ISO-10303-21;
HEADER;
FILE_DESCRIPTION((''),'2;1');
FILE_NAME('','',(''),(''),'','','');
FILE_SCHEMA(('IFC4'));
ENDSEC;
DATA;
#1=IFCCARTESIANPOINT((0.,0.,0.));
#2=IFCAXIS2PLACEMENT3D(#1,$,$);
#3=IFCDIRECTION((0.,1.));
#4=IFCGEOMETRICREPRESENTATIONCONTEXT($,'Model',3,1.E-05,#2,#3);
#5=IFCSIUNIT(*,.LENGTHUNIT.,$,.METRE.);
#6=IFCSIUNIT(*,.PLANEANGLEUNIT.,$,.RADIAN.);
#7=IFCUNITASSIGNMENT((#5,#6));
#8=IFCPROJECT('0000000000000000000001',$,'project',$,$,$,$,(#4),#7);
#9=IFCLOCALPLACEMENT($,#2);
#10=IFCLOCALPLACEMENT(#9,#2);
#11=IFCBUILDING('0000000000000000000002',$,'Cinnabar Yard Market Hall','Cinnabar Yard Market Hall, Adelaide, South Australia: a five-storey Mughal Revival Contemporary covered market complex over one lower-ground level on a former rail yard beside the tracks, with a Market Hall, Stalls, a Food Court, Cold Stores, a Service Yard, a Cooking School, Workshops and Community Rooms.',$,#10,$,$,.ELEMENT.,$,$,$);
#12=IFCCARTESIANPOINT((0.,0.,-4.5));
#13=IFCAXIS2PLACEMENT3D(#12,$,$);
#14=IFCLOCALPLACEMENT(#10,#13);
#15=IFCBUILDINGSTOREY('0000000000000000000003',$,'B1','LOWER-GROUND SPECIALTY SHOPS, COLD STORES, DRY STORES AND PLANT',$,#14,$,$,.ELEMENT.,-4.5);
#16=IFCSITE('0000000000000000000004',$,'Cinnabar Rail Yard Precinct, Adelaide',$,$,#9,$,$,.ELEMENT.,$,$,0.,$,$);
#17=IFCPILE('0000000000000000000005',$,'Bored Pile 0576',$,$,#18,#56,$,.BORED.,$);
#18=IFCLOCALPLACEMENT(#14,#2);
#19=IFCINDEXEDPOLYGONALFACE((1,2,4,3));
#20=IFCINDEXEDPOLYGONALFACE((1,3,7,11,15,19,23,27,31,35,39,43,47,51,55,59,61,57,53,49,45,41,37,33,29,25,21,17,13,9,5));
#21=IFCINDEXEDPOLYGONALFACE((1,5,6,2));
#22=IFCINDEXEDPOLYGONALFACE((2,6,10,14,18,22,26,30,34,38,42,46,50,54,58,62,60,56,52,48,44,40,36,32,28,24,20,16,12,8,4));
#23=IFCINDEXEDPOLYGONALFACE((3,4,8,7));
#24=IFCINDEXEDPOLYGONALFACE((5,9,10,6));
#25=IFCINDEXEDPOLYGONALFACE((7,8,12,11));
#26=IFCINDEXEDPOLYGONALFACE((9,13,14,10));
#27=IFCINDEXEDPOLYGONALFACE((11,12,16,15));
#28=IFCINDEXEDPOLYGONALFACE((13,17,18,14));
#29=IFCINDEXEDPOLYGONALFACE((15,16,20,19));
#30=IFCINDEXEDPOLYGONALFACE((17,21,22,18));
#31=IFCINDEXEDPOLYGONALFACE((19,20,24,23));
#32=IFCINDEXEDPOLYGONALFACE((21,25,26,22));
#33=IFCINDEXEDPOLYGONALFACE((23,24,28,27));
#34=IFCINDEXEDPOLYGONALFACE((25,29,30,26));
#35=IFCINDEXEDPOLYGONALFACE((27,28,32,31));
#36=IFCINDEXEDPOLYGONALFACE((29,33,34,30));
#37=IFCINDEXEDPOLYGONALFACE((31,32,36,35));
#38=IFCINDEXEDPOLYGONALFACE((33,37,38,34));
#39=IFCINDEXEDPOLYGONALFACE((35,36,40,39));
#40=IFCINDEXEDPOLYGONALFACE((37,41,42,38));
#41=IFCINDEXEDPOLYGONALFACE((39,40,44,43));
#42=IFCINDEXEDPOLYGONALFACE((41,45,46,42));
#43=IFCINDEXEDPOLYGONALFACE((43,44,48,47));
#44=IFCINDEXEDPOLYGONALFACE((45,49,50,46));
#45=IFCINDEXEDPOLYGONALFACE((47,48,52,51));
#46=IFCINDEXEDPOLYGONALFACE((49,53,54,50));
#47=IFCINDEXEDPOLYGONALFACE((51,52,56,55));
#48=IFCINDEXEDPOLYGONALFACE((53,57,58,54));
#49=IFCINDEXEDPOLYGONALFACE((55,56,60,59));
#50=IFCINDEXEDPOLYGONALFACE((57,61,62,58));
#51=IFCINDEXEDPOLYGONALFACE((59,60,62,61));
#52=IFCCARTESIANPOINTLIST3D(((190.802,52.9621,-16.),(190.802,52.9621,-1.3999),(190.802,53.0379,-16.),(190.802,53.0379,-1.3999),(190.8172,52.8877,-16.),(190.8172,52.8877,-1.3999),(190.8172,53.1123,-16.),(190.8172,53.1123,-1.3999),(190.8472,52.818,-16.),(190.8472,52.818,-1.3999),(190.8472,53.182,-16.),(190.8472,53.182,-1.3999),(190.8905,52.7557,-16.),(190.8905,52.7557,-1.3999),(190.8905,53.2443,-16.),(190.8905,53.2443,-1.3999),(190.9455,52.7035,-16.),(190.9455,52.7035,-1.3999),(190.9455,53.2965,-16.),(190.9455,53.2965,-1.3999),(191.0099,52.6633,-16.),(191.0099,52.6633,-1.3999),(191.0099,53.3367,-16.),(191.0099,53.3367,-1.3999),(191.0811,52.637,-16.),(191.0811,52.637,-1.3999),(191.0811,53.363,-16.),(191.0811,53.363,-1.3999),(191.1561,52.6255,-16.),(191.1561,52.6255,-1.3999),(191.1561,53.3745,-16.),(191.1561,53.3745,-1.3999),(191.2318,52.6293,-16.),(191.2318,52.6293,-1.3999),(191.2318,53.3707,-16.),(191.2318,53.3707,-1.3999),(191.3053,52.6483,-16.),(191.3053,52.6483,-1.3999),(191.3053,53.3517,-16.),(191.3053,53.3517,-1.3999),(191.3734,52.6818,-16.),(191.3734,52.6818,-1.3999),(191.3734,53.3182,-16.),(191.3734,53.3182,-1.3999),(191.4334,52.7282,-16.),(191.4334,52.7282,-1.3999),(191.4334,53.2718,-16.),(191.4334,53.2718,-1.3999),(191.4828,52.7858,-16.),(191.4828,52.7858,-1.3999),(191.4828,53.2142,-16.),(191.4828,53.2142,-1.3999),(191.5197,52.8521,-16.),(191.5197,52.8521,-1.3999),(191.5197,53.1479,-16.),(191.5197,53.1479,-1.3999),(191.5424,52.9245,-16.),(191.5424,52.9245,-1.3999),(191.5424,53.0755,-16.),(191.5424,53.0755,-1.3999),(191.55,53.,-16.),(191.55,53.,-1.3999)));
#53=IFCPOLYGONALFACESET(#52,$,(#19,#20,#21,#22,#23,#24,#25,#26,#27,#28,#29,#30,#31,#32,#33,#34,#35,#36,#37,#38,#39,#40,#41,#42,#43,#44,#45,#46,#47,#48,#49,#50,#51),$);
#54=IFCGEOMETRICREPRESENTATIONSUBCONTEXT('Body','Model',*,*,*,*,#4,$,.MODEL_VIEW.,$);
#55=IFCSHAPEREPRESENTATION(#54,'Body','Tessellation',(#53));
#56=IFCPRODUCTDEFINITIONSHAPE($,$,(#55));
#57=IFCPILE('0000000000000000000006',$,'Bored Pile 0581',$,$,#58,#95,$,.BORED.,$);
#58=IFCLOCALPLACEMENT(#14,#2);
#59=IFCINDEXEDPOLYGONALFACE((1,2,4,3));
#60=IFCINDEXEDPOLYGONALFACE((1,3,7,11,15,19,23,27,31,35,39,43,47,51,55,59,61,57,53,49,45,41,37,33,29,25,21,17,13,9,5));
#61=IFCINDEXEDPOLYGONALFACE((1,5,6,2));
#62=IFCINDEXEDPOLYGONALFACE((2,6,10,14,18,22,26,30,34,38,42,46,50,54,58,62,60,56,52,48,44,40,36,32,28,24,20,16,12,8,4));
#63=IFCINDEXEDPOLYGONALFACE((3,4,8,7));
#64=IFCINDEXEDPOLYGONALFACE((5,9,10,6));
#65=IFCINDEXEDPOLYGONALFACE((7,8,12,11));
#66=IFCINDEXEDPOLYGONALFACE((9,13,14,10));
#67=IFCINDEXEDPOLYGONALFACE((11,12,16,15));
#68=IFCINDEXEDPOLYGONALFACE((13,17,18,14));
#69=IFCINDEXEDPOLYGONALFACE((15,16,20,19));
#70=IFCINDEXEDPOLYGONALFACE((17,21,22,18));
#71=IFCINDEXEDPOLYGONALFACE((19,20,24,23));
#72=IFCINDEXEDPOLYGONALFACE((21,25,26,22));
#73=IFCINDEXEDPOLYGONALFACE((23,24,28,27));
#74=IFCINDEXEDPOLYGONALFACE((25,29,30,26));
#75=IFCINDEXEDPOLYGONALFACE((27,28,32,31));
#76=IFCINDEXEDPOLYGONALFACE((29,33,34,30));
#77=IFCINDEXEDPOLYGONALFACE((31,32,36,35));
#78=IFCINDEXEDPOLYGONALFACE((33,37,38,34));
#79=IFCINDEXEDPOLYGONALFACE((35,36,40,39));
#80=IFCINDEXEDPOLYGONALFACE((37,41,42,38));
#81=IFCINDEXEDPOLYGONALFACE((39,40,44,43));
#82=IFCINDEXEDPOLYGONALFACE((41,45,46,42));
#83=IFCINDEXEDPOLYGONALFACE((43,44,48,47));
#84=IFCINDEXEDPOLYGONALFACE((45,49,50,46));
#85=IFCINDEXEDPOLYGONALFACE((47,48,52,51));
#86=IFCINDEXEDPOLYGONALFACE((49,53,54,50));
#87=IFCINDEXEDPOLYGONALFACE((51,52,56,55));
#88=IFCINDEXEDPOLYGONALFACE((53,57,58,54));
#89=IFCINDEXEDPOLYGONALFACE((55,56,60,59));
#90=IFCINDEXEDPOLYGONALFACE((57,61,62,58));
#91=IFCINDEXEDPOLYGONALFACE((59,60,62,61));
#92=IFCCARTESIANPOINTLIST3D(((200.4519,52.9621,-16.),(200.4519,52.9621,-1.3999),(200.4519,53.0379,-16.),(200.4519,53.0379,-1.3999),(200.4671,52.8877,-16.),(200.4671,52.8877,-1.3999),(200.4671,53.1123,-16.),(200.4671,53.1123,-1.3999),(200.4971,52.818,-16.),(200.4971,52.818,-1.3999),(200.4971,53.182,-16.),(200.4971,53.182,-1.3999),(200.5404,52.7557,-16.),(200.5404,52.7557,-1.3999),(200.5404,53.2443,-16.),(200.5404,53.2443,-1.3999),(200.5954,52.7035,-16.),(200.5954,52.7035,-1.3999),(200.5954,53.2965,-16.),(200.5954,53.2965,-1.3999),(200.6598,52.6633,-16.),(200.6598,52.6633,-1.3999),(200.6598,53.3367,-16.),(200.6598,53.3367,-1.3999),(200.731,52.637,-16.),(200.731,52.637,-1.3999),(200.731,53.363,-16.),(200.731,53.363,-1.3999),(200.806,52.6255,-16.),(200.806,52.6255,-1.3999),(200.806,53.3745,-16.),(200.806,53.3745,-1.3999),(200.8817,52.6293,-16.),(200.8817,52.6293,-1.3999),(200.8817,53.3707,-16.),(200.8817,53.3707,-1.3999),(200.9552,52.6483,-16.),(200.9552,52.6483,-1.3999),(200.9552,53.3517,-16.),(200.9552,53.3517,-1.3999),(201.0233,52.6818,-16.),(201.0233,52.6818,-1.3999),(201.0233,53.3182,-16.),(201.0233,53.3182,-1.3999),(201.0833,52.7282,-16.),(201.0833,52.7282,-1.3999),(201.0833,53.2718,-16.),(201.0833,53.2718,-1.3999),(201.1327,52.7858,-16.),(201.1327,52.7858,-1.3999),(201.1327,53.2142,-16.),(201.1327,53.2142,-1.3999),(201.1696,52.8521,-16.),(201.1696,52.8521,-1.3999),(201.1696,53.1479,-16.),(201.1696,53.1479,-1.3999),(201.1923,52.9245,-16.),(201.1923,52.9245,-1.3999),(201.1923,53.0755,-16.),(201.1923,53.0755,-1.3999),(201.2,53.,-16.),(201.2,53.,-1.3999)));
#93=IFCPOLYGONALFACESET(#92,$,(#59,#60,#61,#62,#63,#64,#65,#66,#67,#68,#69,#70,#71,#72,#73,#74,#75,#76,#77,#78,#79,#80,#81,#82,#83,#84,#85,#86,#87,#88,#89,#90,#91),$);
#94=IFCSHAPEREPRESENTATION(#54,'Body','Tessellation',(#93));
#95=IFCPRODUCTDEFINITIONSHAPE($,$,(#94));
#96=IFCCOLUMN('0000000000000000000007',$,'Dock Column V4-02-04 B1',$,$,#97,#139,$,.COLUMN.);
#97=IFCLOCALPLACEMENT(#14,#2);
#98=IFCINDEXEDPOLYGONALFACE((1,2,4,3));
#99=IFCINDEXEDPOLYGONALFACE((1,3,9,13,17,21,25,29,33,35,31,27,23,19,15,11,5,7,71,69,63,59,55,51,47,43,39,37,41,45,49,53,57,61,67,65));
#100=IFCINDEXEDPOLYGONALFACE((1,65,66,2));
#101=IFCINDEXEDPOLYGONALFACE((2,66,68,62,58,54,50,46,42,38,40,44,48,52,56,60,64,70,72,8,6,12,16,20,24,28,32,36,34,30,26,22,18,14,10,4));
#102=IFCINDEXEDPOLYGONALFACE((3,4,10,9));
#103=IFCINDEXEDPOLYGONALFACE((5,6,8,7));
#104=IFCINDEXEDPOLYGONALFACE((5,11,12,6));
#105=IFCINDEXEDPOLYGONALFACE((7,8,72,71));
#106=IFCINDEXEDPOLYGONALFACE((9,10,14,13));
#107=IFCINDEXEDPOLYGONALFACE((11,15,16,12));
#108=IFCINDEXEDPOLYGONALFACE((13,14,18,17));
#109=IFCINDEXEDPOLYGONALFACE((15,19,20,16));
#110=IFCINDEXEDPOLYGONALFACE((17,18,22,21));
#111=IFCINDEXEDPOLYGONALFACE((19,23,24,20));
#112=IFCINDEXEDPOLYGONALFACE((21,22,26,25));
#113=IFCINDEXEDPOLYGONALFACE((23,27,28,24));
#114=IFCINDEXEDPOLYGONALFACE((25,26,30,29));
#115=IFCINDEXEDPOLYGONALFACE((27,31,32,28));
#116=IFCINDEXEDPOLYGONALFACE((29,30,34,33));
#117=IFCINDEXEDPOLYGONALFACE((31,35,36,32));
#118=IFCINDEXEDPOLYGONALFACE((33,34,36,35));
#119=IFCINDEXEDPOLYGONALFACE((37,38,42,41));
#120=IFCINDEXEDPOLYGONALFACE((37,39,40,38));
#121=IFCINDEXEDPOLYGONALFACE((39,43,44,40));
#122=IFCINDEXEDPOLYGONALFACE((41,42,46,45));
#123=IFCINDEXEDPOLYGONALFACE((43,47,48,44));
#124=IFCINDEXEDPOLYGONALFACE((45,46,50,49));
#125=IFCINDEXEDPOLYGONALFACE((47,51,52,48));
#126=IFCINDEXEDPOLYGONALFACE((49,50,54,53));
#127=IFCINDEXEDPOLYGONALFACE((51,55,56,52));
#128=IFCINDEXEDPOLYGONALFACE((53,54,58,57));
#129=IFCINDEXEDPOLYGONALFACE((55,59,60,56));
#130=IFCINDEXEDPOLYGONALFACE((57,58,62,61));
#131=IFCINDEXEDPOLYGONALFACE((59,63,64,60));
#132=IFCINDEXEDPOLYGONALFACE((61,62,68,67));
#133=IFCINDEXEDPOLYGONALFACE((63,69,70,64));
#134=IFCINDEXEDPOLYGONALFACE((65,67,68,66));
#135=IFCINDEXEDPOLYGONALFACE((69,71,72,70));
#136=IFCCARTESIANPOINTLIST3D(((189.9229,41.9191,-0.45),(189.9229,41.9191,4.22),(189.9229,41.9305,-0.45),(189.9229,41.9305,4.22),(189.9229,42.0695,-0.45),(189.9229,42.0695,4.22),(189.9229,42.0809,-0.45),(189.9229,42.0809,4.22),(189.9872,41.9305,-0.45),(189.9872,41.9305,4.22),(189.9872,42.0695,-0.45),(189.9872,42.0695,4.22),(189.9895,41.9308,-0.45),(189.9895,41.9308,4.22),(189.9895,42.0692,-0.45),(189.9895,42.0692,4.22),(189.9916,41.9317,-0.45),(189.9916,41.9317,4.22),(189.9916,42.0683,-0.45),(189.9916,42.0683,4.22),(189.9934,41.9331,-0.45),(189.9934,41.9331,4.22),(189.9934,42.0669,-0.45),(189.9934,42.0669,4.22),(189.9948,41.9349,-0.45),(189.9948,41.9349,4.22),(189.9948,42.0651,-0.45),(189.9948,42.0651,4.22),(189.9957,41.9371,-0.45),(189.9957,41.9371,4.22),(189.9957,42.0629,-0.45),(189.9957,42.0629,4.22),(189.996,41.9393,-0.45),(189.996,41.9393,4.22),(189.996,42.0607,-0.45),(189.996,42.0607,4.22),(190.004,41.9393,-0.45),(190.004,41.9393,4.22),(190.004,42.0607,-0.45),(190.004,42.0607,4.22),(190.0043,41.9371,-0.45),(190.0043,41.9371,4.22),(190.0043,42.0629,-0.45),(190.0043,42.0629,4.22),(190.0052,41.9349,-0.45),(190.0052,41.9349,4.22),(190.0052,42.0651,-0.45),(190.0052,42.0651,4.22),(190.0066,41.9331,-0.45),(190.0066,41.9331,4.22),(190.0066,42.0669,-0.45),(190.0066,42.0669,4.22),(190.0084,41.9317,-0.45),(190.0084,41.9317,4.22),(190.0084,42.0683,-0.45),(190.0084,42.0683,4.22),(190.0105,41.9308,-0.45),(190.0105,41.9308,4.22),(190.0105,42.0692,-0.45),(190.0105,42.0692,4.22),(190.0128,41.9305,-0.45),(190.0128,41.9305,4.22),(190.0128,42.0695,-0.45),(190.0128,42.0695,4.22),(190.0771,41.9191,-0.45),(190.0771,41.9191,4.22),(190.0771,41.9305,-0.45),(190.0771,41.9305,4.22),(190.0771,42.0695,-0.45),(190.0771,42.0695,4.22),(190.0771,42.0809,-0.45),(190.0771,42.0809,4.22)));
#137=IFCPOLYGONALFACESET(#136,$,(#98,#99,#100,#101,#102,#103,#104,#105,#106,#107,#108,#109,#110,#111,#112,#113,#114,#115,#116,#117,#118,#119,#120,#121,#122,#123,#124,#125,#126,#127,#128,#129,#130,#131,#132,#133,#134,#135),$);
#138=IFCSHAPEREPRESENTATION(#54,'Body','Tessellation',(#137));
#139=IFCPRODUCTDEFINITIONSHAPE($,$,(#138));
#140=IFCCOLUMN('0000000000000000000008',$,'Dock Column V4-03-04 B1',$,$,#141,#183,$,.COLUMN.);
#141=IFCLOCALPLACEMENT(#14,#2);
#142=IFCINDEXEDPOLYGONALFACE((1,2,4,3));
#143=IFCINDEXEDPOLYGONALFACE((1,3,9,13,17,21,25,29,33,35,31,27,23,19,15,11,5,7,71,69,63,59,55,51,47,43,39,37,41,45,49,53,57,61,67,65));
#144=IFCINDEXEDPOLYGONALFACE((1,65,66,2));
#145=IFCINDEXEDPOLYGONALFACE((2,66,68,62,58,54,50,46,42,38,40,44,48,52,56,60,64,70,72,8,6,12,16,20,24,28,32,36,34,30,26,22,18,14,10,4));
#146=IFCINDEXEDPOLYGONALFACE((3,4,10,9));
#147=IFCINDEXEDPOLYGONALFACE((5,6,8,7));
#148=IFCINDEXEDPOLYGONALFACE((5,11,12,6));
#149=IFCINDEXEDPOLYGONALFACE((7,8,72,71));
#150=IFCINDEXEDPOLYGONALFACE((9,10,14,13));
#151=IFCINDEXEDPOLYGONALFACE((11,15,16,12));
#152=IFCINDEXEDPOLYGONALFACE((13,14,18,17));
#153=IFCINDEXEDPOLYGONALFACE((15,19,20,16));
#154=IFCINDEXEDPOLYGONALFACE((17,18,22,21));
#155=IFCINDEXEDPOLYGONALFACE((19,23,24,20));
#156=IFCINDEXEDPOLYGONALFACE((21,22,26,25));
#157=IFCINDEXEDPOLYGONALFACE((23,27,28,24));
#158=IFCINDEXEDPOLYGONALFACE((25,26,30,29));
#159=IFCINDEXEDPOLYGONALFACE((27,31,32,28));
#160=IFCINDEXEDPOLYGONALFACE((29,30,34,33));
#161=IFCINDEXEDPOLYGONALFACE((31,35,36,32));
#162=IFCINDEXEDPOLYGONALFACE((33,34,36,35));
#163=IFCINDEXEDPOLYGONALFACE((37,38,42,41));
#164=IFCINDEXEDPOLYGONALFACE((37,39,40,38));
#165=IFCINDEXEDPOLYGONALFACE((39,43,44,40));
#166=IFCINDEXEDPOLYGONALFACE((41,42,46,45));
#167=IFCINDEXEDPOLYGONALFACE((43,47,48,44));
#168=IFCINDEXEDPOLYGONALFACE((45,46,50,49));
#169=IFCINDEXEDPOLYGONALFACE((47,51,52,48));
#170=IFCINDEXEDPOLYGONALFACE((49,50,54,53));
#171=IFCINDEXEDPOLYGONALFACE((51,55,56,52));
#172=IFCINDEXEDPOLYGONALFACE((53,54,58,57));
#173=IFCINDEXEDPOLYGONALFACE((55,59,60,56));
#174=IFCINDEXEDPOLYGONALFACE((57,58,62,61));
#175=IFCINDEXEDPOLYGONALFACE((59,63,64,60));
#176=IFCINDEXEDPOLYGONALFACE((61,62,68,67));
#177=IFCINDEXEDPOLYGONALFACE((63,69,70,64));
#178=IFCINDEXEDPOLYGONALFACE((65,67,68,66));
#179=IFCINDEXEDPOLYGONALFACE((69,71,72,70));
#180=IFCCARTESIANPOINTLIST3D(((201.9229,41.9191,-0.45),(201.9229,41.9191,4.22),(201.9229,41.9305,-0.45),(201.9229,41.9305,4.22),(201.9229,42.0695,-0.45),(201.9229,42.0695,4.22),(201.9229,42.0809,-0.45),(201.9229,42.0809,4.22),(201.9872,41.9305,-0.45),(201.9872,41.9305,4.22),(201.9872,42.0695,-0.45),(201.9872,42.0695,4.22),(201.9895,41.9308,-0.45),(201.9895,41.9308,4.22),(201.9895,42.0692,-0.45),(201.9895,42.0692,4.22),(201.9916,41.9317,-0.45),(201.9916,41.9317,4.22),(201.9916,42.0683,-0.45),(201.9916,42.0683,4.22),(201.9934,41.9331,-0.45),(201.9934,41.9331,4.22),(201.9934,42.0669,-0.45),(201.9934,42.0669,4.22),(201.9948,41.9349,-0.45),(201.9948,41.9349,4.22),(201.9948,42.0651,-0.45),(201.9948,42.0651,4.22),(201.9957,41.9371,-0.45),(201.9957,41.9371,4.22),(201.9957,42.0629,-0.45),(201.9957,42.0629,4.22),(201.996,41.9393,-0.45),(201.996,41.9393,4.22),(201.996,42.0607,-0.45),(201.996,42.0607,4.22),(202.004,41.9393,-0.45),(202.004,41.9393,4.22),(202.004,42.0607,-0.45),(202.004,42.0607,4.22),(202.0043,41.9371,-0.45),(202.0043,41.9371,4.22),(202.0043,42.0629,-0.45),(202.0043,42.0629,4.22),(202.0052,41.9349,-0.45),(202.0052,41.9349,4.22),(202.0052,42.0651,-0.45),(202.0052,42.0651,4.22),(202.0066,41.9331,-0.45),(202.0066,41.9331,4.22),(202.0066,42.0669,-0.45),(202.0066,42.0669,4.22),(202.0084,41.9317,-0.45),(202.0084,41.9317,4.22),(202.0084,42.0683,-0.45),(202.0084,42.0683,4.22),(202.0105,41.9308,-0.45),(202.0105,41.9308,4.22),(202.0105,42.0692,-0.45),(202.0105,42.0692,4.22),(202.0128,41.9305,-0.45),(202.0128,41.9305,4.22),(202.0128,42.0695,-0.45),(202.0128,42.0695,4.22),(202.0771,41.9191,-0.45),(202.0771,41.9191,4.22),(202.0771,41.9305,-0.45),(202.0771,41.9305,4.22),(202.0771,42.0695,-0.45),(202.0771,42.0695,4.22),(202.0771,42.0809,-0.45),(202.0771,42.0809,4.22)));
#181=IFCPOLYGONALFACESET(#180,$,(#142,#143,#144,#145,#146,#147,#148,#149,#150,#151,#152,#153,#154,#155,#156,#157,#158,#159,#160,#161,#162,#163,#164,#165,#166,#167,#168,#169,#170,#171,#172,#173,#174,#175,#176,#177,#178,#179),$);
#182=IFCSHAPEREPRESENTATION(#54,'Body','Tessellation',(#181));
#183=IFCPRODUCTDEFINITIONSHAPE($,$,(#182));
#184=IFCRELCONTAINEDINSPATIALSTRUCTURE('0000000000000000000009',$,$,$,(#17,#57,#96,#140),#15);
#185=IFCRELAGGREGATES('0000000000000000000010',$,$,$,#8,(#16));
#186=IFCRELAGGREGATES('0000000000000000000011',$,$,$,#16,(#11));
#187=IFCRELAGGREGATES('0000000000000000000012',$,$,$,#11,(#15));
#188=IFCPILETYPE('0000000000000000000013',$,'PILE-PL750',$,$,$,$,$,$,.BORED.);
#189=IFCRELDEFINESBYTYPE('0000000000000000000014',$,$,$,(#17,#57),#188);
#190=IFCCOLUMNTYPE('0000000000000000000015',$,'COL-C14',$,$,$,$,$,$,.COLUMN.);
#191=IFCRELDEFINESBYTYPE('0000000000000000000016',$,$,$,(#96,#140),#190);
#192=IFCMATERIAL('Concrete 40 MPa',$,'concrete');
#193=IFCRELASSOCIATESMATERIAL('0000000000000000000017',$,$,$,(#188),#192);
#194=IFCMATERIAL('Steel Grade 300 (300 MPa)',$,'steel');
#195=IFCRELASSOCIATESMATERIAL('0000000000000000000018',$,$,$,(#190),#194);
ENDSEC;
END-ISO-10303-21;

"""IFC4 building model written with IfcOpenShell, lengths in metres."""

from ifc_helpers import new_model, si_unit, direction, frame, origin, origin_2d_with_axis, place, context, subcontext, project, spatial, circle, i_section, extrude, material, material_profile, profile_set, type_object, element, save


model = new_model("IFC4")

# Units and contexts
model_context = context("Model", 3, precision=1e-05, world=origin(), true_north=direction((0.0, 1.0)))
body_context = subcontext(model_context, "Body", "Model", "MODEL_VIEW")
ifc_project = project(units=[si_unit("LENGTHUNIT", "METRE"), si_unit("PLANEANGLEUNIT", "RADIAN")], contexts=[model_context])

# Site, building, storey
site_placement = place(None, origin())
site = spatial("IfcSite", under=ifc_project, at=site_placement, Name="Cinnabar Rail Yard Precinct, Adelaide", CompositionType="ELEMENT", RefElevation=0.0)
building_placement = place(site_placement, origin())
building = spatial("IfcBuilding", under=site, at=building_placement, Name="Cinnabar Yard Market Hall", Description="Cinnabar Yard Market Hall, Adelaide, South Australia: a five-storey Mughal Revival Contemporary covered market complex over one lower-ground level on a former rail yard beside the tracks, with a Market Hall, Stalls, a Food Court, Cold Stores, a Service Yard, a Cooking School, Workshops and Community Rooms.", CompositionType="ELEMENT")
storey_placement = place(building_placement, frame((0.0, 0.0, -4.5)))
storey = spatial("IfcBuildingStorey", under=building, at=storey_placement, Name="B1", Description="LOWER-GROUND SPECIALTY SHOPS, COLD STORES, DRY STORES AND PLANT", CompositionType="ELEMENT", Elevation=-4.5)

# Shared definitions
ifc_material_1 = material(Name="Concrete 40 MPa", Category="concrete")

# Piles
ifc_material_profile_1 = material_profile(ifc_material_1, circle(Radius=0.375, at=origin_2d_with_axis()), Name="PILE-D750")
ifc_profile_set_1 = profile_set([ifc_material_profile_1], Name="Concrete 40 MPa")
pile_type = type_object("IfcPileType", Name="PILE-PL750", PredefinedType="BORED", material=ifc_profile_set_1)
for number, where, z_axis, x_axis, name in (
    (1, (191.175, 53.0, -1.3999), (0.0, 0.0, -1.0), (1.0, 0.0, 0.0), "Bored Pile 0576"),
    (2, (200.825, 53.0, -1.3999), (0.0, 0.0, -1.0), (1.0, 0.0, 0.0), "Bored Pile 0581"),
):
    element("IfcPile", number, at=place(storey_placement, frame(where, z_axis=z_axis, x_axis=x_axis)), inside=storey, type_object=pile_type, Name=name, PredefinedType="BORED", context=body_context, shape_type="SweptSolid", body=[
        extrude(circle(Radius=0.375, at=origin_2d_with_axis()), origin(), (0.0, 0.0, 1.0), 14.6001),
    ])

# Columns
ifc_material_2 = material(Name="Steel Grade 300 (300 MPa)", Category="steel")
ifc_material_profile_2 = material_profile(ifc_material_2, i_section(OverallWidth=0.1543, OverallDepth=0.1619, WebThickness=0.0081, FlangeThickness=0.0115, FilletRadius=0.0088, at=origin_2d_with_axis()), Name="150UC37.2")
ifc_profile_set_2 = profile_set([ifc_material_profile_2], Name="Steel Grade 300 (300 MPa)")
column_type_1 = type_object("IfcColumnType", Name="COL-C14", PredefinedType="COLUMN", material=ifc_profile_set_2)
for number, where, z_axis, x_axis, name in (
    (3, (190.0, 42.0, -0.45), (0.0, 0.0, 1.0), (1.0, 0.0, 0.0), "Dock Column V4-02-04 B1"),
    (4, (202.0, 42.0, -0.45), (0.0, 0.0, 1.0), (1.0, 0.0, 0.0), "Dock Column V4-03-04 B1"),
):
    element("IfcColumn", number, at=place(storey_placement, frame(where, z_axis=z_axis, x_axis=x_axis)), inside=storey, type_object=column_type_1, Name=name, PredefinedType="COLUMN", context=body_context, shape_type="SweptSolid", body=[
        extrude(i_section(OverallWidth=0.1543, OverallDepth=0.1619, WebThickness=0.0081, FlangeThickness=0.0115, FilletRadius=0.0088, at=origin_2d_with_axis()), origin(), (0.0, 0.0, 1.0), 4.6699),
    ])

save(model, "model.ifc")
